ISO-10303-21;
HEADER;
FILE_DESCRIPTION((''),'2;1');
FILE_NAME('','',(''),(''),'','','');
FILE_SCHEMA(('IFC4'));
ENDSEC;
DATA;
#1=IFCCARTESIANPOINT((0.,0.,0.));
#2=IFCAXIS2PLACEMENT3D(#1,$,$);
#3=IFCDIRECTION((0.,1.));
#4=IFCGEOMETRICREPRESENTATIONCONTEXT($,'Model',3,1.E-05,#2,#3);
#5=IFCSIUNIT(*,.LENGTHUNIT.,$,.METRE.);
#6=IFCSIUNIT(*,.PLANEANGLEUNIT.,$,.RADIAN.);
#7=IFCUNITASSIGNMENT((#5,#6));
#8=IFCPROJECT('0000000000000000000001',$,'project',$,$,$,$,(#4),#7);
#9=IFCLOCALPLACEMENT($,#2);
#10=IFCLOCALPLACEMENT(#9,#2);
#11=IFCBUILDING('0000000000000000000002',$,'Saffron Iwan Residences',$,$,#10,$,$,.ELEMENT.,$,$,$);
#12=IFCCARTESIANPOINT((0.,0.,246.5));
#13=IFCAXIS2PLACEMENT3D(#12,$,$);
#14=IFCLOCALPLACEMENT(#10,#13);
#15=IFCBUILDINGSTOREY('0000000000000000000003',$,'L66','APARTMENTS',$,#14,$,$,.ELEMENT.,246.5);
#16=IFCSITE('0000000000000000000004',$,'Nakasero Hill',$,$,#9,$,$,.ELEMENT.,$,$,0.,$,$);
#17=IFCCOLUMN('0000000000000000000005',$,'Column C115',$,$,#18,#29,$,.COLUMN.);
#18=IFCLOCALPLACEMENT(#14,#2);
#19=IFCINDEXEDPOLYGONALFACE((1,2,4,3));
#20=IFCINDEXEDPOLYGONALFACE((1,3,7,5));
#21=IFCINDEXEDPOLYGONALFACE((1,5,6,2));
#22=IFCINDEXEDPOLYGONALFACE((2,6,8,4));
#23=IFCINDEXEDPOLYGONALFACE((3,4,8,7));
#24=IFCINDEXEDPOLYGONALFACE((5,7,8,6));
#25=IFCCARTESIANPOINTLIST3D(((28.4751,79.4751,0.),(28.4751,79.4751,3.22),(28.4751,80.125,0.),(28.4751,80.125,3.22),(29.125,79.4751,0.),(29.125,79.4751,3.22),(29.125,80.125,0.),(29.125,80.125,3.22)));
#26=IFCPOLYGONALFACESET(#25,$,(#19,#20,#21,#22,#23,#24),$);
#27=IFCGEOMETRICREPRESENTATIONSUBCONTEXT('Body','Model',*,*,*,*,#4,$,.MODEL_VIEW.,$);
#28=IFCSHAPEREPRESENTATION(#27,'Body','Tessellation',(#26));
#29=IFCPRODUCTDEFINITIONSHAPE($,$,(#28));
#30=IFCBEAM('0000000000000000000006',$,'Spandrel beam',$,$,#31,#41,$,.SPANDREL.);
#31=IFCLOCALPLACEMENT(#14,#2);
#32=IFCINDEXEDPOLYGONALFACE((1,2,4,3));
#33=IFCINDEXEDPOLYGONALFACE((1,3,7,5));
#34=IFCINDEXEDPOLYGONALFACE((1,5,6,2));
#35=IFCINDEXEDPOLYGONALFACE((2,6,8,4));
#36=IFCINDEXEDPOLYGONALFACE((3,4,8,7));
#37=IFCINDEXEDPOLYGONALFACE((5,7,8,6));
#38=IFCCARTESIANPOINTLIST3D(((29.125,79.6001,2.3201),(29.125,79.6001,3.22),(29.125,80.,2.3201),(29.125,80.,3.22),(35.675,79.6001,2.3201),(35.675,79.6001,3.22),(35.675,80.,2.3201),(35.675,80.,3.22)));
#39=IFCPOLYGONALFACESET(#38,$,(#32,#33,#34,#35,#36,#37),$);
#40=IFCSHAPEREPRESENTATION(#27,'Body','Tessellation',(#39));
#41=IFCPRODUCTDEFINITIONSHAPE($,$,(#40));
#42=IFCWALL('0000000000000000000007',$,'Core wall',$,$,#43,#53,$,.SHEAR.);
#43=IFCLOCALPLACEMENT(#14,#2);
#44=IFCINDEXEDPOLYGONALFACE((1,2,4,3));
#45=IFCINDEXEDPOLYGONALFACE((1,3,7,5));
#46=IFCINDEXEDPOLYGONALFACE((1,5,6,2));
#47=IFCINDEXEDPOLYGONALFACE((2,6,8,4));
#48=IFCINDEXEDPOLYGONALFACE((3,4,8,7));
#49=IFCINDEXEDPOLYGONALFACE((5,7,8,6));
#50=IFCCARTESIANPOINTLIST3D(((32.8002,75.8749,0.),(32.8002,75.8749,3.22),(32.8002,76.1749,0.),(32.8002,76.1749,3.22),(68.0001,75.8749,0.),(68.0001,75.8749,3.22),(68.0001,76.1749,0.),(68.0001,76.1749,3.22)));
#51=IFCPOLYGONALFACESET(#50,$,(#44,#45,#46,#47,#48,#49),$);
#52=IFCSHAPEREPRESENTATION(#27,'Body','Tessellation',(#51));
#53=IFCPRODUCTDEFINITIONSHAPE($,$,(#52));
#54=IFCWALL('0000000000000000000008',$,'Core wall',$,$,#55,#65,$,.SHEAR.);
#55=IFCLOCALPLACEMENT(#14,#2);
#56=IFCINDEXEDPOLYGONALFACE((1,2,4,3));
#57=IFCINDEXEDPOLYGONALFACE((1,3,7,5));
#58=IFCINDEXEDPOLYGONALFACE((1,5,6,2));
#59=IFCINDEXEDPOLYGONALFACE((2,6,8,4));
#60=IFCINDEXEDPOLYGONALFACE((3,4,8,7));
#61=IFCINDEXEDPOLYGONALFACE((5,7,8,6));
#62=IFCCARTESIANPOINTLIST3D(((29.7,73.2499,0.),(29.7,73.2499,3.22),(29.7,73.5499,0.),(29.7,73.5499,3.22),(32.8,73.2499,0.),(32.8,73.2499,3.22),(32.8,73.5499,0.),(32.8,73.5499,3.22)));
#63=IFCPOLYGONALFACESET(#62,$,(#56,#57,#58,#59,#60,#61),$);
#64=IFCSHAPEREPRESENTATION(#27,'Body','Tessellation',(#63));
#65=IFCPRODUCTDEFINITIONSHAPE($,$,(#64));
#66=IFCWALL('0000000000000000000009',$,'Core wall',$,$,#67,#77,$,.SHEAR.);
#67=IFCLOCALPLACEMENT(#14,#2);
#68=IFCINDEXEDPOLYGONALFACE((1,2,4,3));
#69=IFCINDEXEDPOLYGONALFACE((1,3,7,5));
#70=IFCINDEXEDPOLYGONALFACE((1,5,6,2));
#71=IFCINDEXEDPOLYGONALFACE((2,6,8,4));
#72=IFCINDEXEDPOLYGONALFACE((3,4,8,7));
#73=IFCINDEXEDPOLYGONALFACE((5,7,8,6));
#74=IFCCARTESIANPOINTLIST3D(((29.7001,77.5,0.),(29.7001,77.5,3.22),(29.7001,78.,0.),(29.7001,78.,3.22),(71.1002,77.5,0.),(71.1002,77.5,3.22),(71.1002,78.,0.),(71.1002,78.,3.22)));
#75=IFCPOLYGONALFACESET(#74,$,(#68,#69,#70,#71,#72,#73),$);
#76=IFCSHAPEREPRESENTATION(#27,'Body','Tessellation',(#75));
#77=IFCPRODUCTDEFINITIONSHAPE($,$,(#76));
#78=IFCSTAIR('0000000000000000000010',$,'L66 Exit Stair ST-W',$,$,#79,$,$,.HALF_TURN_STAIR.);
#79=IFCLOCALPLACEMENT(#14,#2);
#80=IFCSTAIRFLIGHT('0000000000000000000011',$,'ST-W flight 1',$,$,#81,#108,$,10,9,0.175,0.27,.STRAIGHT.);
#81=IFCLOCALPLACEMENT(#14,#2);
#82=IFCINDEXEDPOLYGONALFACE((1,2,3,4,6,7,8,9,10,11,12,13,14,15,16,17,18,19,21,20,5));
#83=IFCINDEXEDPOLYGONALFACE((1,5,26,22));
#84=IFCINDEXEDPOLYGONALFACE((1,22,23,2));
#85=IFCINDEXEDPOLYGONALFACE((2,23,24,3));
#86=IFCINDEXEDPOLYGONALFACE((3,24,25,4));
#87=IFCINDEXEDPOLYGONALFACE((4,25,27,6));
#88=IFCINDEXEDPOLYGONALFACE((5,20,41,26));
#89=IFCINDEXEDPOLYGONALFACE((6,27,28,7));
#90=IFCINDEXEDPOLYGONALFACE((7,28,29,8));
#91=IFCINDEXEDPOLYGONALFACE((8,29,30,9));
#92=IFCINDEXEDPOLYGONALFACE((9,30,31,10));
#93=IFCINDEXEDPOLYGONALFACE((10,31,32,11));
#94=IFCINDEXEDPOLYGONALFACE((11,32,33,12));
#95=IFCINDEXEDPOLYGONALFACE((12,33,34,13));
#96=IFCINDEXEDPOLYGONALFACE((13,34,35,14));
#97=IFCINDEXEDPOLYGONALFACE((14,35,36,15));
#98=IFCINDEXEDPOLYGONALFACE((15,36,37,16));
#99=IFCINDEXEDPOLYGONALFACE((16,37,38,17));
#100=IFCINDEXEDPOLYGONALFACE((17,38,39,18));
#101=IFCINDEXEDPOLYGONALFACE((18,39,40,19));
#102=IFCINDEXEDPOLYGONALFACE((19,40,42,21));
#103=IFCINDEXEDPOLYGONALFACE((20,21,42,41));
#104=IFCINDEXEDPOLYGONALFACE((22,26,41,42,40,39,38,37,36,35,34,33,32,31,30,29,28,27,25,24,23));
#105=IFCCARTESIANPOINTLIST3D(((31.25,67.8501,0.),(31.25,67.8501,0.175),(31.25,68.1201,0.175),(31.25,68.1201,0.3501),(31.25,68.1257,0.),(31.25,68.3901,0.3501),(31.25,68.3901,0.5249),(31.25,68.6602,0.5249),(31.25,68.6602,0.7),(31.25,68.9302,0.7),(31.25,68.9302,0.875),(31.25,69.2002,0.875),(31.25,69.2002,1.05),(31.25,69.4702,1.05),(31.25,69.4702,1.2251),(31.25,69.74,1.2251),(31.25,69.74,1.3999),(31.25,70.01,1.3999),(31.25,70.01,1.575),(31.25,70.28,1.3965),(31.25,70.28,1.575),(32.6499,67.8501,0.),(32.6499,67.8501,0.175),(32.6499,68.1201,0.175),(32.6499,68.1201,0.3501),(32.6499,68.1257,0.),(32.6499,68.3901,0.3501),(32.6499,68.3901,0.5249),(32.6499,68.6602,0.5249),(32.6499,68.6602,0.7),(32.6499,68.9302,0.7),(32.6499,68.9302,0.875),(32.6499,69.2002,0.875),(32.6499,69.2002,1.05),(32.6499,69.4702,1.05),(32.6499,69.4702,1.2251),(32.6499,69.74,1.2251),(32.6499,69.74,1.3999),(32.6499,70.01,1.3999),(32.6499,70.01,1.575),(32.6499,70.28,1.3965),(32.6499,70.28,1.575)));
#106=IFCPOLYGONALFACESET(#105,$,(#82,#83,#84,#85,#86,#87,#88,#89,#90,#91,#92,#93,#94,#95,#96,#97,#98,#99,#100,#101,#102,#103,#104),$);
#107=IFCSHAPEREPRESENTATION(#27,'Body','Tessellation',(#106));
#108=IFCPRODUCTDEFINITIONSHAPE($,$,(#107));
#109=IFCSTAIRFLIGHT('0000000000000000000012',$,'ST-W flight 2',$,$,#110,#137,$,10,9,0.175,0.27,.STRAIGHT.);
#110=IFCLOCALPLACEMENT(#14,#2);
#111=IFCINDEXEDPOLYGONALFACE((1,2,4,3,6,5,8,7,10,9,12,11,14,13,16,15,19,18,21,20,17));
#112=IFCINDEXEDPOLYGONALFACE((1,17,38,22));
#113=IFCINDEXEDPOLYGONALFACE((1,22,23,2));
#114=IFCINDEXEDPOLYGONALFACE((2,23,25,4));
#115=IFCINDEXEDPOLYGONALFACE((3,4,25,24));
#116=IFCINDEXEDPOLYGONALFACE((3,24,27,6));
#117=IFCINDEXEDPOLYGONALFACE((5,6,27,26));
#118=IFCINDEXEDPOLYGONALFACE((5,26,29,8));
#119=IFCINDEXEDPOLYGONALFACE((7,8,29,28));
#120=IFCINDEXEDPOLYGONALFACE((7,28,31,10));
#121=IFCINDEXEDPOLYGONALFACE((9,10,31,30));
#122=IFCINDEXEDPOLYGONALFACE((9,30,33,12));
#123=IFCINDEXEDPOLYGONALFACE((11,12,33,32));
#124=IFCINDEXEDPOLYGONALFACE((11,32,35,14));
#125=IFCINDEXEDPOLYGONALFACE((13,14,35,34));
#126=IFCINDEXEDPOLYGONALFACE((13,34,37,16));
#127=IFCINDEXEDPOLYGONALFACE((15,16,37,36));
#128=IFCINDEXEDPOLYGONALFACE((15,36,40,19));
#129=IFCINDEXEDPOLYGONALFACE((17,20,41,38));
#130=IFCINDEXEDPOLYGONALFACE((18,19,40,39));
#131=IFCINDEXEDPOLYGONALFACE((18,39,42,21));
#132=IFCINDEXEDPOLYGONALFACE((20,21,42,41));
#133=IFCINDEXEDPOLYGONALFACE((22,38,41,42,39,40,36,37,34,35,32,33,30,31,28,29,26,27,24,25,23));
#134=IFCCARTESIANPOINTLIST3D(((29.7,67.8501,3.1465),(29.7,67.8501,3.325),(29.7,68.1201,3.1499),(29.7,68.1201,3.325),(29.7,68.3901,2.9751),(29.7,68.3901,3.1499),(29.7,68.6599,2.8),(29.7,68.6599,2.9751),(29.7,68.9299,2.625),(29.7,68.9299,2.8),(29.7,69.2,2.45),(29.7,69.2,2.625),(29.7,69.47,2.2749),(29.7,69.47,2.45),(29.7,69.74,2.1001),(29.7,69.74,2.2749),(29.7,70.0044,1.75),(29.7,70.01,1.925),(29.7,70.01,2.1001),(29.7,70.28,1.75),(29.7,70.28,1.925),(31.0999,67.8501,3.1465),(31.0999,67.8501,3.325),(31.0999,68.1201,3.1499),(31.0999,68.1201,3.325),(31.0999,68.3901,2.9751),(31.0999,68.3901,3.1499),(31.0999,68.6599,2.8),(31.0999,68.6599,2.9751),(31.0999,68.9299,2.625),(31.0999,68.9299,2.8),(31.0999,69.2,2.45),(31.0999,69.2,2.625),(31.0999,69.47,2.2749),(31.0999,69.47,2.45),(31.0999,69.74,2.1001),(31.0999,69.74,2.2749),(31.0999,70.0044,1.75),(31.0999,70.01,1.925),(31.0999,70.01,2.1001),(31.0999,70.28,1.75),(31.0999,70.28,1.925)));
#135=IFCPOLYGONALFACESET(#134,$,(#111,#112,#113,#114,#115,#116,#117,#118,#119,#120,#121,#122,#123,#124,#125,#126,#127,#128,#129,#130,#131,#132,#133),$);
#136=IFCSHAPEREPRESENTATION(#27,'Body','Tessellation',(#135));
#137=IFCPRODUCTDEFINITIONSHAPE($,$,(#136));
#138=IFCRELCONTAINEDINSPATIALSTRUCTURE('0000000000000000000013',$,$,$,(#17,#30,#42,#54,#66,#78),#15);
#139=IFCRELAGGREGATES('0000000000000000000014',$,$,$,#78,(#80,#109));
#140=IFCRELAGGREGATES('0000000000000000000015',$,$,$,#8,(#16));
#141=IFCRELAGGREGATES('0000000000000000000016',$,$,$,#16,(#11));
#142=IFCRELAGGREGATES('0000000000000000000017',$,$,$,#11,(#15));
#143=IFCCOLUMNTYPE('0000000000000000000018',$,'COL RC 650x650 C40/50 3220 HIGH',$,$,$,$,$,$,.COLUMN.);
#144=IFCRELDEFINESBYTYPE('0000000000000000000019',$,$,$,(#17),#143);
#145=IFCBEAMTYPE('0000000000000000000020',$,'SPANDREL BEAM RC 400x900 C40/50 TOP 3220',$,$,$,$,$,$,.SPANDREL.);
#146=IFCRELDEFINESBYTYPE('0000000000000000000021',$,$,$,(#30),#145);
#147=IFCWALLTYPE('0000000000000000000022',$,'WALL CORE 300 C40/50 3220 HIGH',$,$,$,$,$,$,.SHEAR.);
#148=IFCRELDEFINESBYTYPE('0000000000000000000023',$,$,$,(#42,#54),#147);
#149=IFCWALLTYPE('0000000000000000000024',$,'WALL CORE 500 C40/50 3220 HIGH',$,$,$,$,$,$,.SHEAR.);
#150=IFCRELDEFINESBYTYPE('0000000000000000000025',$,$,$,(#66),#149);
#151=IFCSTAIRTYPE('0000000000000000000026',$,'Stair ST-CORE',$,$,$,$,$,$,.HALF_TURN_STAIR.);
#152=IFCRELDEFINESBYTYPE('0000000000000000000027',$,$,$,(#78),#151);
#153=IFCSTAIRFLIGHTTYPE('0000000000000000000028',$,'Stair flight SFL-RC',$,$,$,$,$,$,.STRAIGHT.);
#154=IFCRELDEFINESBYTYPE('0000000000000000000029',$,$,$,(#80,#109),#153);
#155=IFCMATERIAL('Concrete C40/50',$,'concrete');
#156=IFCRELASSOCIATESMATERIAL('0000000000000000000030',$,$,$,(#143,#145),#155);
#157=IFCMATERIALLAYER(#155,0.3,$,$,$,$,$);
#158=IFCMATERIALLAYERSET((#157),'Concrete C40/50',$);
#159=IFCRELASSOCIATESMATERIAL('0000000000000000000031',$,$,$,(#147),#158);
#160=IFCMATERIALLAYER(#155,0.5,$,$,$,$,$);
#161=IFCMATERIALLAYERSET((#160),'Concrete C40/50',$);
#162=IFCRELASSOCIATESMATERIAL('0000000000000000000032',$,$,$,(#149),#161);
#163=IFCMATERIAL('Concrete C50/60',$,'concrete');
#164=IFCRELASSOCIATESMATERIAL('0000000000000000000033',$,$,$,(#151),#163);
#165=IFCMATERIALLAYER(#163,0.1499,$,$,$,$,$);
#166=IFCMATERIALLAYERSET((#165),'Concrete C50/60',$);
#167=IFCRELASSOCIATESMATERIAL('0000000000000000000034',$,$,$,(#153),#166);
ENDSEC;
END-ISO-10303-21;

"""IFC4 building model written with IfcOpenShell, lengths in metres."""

from ifc_helpers import new_model, si_unit, direction, frame, frame_2d, origin, origin_2d, place, context, subcontext, project, spatial, polyline, rectangle, outline, extrude, source, transform, mapped, material, layer, layer_set, material_profile, profile_set, type_object, element, aggregate, save


model = new_model("IFC4")

# Units and contexts
model_context = context("Model", 3, precision=1e-05, world=origin(), true_north=direction((0.0, 1.0)))
body_context = subcontext(model_context, "Body", "Model", "MODEL_VIEW")
ifc_project = project(units=[si_unit("LENGTHUNIT", "METRE"), si_unit("PLANEANGLEUNIT", "RADIAN")], contexts=[model_context])

# Site, building, storey
site_placement = place(None, origin())
site = spatial("IfcSite", under=ifc_project, at=site_placement, Name="Nakasero Hill", CompositionType="ELEMENT", RefElevation=0.0)
building_placement = place(site_placement, origin())
building = spatial("IfcBuilding", under=site, at=building_placement, Name="Saffron Iwan Residences", CompositionType="ELEMENT")
storey_placement = place(building_placement, frame((0.0, 0.0, 246.5)))
storey = spatial("IfcBuildingStorey", under=building, at=storey_placement, Name="L66", Description="APARTMENTS", CompositionType="ELEMENT", Elevation=246.5)

# Column
ifc_material_1 = material(Name="Concrete C40/50", Category="concrete")
ifc_material_profile_1 = material_profile(ifc_material_1, rectangle(XDim=0.6499, YDim=0.6499, at=origin_2d()), Name="RC 650x650")
ifc_profile_set_1 = profile_set([ifc_material_profile_1], Name="Concrete C40/50")
column_type = type_object("IfcColumnType", Name="COL RC 650x650 C40/50 3220 HIGH", PredefinedType="COLUMN", material=ifc_profile_set_1)
shared_shape_1 = source(origin(), body_context, "Body", "SweptSolid", [
    extrude(rectangle(XDim=0.6499, YDim=0.6499, at=origin_2d()), origin(), (0.0, 0.0, 1.0), 3.22),
])
column_placement = place(storey_placement, frame((28.8, 79.8, 0.0), z_axis=(0.0, 0.0, 1.0), x_axis=(1.0, 0.0, 0.0)))
element("IfcColumn", 1, at=column_placement, inside=storey, type_object=column_type, Name="Column C115", PredefinedType="COLUMN", context=body_context, shape_type="MappedRepresentation", body=[
    mapped(shared_shape_1, transform((0.0, 0.0, 0.0))),
])

# Beam
ifc_material_profile_2 = material_profile(ifc_material_1, rectangle(XDim=0.3999, YDim=0.8999, at=origin_2d()), Name="RC 400x900")
ifc_profile_set_2 = profile_set([ifc_material_profile_2], Name="Concrete C40/50")
beam_type = type_object("IfcBeamType", Name="SPANDREL BEAM RC 400x900 C40/50 TOP 3220", PredefinedType="SPANDREL", material=ifc_profile_set_2)
shared_shape_2 = source(origin(), body_context, "Body", "SweptSolid", [
    extrude(rectangle(XDim=0.3999, YDim=0.8999, at=origin_2d()), origin(), (0.0, 0.0, 1.0), 6.55),
])
beam_placement = place(storey_placement, frame((29.125, 79.8, 2.77), z_axis=(1.0, 0.0, 0.0), x_axis=(0.0, 1.0, 0.0)))
element("IfcBeam", 2, at=beam_placement, inside=storey, type_object=beam_type, Name="Spandrel beam", PredefinedType="SPANDREL", context=body_context, shape_type="MappedRepresentation", body=[
    mapped(shared_shape_2, transform((0.0, 0.0, 0.0))),
])

# Shared definitions
ifc_layer_1 = layer(ifc_material_1, 0.3)
ifc_layer_set_1 = layer_set([ifc_layer_1], Name="Concrete C40/50")
wall_type_1 = type_object("IfcWallType", Name="WALL CORE 300 C40/50 3220 HIGH", PredefinedType="SHEAR", material=ifc_layer_set_1)

# Walls
wall_1_placement = place(storey_placement, frame((32.8, 76.0249, 0.0), z_axis=(0.0, 0.0, 1.0), x_axis=(1.0, 0.0, 0.0)))
element("IfcWall", 3, at=wall_1_placement, inside=storey, type_object=wall_type_1, Name="Core wall", PredefinedType="SHEAR", context=body_context, shape_type="SweptSolid", body=[
    extrude(rectangle(XDim=35.2, YDim=0.3, at=frame_2d((17.6001, 0.0))), origin(), (0.0, 0.0, 1.0), 3.22),
])
wall_2_placement = place(storey_placement, frame((29.7, 73.3999, 0.0), z_axis=(0.0, 0.0, 1.0), x_axis=(1.0, 0.0, 0.0)))
element("IfcWall", 4, at=wall_2_placement, inside=storey, type_object=wall_type_1, Name="Core wall", PredefinedType="SHEAR", context=body_context, shape_type="SweptSolid", body=[
    extrude(rectangle(XDim=3.1001, YDim=0.3, at=frame_2d((1.55, 0.0))), origin(), (0.0, 0.0, 1.0), 3.22),
])
ifc_layer_2 = layer(ifc_material_1, 0.5)
ifc_layer_set_2 = layer_set([ifc_layer_2], Name="Concrete C40/50")
wall_type_2 = type_object("IfcWallType", Name="WALL CORE 500 C40/50 3220 HIGH", PredefinedType="SHEAR", material=ifc_layer_set_2)
wall_3_placement = place(storey_placement, frame((29.7, 77.75, 0.0), z_axis=(0.0, 0.0, 1.0), x_axis=(1.0, 0.0, 0.0)))
element("IfcWall", 5, at=wall_3_placement, inside=storey, type_object=wall_type_2, Name="Core wall", PredefinedType="SHEAR", context=body_context, shape_type="SweptSolid", body=[
    extrude(rectangle(XDim=41.4001, YDim=0.5, at=frame_2d((20.7002, 0.0))), origin(), (0.0, 0.0, 1.0), 3.22),
])

# Stair, stair flights
ifc_material_2 = material(Name="Concrete C50/60", Category="concrete")
stair_type = type_object("IfcStairType", Name="Stair ST-CORE", PredefinedType="HALF_TURN_STAIR", material=ifc_material_2)
stair_placement = place(storey_placement, origin())
stair = element("IfcStair", 6, at=stair_placement, inside=storey, type_object=stair_type, Name="L66 Exit Stair ST-W", PredefinedType="HALF_TURN_STAIR")
ifc_layer_3 = layer(ifc_material_2, 0.1499)
ifc_layer_set_3 = layer_set([ifc_layer_3], Name="Concrete C50/60")
stair_flight_type = type_object("IfcStairFlightType", Name="Stair flight SFL-RC", PredefinedType="STRAIGHT", material=ifc_layer_set_3)
stair_flight_1_placement = place(storey_placement, frame((31.95, 67.8501, 0.0), z_axis=(0.0, 0.0, 1.0), x_axis=(0.0, 1.0, 0.0)))
stair_flight_1 = element("IfcStairFlight", 7, at=stair_flight_1_placement, type_object=stair_flight_type, Name="ST-W flight 1", NumberOfRisers=10, NumberOfTreads=9, PredefinedType="STRAIGHT", RiserHeight=0.175, TreadLength=0.27, context=body_context, shape_type="SweptSolid", body=[
    extrude(outline(polyline([(0.0, 0.0), (0.0, 0.175), (0.27, 0.175), (0.27, 0.3501), (0.54, 0.3501), (0.54, 0.5249), (0.8101, 0.5249), (0.8101, 0.7), (1.0801, 0.7), (1.0801, 0.875), (1.3501, 0.875), (1.3501, 1.05), (1.6201, 1.05), (1.6201, 1.2251), (1.8899, 1.2251), (1.8899, 1.3999), (2.1599, 1.3999), (2.1599, 1.575), (2.4299, 1.575), (2.4299, 1.75), (2.4299, 1.3965), (0.2756, 0.0), (0.0, 0.0)])), frame((0.0, 0.7, 0.0), z_axis=(0.0, -1.0, 0.0), x_axis=(1.0, 0.0, 0.0)), (0.0, 0.0, 1.0), 1.3999),
])
stair_flight_2_placement = place(storey_placement, frame((30.3999, 70.28, 1.75), z_axis=(0.0, 0.0, 1.0), x_axis=(0.0, -1.0, 0.0)))
stair_flight_2 = element("IfcStairFlight", 8, at=stair_flight_2_placement, type_object=stair_flight_type, Name="ST-W flight 2", NumberOfRisers=10, NumberOfTreads=9, PredefinedType="STRAIGHT", RiserHeight=0.175, TreadLength=0.27, context=body_context, shape_type="SweptSolid", body=[
    extrude(outline(polyline([(0.0, 0.0), (0.0, 0.175), (0.27, 0.175), (0.27, 0.3501), (0.54, 0.3501), (0.54, 0.5249), (0.8101, 0.5249), (0.8101, 0.7), (1.0801, 0.7), (1.0801, 0.875), (1.3501, 0.875), (1.3501, 1.05), (1.6201, 1.05), (1.6201, 1.2251), (1.8899, 1.2251), (1.8899, 1.3999), (2.1599, 1.3999), (2.1599, 1.575), (2.4299, 1.575), (2.4299, 1.75), (2.4299, 1.3965), (0.2756, 0.0), (0.0, 0.0)])), frame((0.0, 0.7, 0.0), z_axis=(0.0, -1.0, 0.0), x_axis=(1.0, 0.0, 0.0)), (0.0, 0.0, 1.0), 1.3999),
])
aggregate(stair, [stair_flight_1, stair_flight_2])

save(model, "model.ifc")
